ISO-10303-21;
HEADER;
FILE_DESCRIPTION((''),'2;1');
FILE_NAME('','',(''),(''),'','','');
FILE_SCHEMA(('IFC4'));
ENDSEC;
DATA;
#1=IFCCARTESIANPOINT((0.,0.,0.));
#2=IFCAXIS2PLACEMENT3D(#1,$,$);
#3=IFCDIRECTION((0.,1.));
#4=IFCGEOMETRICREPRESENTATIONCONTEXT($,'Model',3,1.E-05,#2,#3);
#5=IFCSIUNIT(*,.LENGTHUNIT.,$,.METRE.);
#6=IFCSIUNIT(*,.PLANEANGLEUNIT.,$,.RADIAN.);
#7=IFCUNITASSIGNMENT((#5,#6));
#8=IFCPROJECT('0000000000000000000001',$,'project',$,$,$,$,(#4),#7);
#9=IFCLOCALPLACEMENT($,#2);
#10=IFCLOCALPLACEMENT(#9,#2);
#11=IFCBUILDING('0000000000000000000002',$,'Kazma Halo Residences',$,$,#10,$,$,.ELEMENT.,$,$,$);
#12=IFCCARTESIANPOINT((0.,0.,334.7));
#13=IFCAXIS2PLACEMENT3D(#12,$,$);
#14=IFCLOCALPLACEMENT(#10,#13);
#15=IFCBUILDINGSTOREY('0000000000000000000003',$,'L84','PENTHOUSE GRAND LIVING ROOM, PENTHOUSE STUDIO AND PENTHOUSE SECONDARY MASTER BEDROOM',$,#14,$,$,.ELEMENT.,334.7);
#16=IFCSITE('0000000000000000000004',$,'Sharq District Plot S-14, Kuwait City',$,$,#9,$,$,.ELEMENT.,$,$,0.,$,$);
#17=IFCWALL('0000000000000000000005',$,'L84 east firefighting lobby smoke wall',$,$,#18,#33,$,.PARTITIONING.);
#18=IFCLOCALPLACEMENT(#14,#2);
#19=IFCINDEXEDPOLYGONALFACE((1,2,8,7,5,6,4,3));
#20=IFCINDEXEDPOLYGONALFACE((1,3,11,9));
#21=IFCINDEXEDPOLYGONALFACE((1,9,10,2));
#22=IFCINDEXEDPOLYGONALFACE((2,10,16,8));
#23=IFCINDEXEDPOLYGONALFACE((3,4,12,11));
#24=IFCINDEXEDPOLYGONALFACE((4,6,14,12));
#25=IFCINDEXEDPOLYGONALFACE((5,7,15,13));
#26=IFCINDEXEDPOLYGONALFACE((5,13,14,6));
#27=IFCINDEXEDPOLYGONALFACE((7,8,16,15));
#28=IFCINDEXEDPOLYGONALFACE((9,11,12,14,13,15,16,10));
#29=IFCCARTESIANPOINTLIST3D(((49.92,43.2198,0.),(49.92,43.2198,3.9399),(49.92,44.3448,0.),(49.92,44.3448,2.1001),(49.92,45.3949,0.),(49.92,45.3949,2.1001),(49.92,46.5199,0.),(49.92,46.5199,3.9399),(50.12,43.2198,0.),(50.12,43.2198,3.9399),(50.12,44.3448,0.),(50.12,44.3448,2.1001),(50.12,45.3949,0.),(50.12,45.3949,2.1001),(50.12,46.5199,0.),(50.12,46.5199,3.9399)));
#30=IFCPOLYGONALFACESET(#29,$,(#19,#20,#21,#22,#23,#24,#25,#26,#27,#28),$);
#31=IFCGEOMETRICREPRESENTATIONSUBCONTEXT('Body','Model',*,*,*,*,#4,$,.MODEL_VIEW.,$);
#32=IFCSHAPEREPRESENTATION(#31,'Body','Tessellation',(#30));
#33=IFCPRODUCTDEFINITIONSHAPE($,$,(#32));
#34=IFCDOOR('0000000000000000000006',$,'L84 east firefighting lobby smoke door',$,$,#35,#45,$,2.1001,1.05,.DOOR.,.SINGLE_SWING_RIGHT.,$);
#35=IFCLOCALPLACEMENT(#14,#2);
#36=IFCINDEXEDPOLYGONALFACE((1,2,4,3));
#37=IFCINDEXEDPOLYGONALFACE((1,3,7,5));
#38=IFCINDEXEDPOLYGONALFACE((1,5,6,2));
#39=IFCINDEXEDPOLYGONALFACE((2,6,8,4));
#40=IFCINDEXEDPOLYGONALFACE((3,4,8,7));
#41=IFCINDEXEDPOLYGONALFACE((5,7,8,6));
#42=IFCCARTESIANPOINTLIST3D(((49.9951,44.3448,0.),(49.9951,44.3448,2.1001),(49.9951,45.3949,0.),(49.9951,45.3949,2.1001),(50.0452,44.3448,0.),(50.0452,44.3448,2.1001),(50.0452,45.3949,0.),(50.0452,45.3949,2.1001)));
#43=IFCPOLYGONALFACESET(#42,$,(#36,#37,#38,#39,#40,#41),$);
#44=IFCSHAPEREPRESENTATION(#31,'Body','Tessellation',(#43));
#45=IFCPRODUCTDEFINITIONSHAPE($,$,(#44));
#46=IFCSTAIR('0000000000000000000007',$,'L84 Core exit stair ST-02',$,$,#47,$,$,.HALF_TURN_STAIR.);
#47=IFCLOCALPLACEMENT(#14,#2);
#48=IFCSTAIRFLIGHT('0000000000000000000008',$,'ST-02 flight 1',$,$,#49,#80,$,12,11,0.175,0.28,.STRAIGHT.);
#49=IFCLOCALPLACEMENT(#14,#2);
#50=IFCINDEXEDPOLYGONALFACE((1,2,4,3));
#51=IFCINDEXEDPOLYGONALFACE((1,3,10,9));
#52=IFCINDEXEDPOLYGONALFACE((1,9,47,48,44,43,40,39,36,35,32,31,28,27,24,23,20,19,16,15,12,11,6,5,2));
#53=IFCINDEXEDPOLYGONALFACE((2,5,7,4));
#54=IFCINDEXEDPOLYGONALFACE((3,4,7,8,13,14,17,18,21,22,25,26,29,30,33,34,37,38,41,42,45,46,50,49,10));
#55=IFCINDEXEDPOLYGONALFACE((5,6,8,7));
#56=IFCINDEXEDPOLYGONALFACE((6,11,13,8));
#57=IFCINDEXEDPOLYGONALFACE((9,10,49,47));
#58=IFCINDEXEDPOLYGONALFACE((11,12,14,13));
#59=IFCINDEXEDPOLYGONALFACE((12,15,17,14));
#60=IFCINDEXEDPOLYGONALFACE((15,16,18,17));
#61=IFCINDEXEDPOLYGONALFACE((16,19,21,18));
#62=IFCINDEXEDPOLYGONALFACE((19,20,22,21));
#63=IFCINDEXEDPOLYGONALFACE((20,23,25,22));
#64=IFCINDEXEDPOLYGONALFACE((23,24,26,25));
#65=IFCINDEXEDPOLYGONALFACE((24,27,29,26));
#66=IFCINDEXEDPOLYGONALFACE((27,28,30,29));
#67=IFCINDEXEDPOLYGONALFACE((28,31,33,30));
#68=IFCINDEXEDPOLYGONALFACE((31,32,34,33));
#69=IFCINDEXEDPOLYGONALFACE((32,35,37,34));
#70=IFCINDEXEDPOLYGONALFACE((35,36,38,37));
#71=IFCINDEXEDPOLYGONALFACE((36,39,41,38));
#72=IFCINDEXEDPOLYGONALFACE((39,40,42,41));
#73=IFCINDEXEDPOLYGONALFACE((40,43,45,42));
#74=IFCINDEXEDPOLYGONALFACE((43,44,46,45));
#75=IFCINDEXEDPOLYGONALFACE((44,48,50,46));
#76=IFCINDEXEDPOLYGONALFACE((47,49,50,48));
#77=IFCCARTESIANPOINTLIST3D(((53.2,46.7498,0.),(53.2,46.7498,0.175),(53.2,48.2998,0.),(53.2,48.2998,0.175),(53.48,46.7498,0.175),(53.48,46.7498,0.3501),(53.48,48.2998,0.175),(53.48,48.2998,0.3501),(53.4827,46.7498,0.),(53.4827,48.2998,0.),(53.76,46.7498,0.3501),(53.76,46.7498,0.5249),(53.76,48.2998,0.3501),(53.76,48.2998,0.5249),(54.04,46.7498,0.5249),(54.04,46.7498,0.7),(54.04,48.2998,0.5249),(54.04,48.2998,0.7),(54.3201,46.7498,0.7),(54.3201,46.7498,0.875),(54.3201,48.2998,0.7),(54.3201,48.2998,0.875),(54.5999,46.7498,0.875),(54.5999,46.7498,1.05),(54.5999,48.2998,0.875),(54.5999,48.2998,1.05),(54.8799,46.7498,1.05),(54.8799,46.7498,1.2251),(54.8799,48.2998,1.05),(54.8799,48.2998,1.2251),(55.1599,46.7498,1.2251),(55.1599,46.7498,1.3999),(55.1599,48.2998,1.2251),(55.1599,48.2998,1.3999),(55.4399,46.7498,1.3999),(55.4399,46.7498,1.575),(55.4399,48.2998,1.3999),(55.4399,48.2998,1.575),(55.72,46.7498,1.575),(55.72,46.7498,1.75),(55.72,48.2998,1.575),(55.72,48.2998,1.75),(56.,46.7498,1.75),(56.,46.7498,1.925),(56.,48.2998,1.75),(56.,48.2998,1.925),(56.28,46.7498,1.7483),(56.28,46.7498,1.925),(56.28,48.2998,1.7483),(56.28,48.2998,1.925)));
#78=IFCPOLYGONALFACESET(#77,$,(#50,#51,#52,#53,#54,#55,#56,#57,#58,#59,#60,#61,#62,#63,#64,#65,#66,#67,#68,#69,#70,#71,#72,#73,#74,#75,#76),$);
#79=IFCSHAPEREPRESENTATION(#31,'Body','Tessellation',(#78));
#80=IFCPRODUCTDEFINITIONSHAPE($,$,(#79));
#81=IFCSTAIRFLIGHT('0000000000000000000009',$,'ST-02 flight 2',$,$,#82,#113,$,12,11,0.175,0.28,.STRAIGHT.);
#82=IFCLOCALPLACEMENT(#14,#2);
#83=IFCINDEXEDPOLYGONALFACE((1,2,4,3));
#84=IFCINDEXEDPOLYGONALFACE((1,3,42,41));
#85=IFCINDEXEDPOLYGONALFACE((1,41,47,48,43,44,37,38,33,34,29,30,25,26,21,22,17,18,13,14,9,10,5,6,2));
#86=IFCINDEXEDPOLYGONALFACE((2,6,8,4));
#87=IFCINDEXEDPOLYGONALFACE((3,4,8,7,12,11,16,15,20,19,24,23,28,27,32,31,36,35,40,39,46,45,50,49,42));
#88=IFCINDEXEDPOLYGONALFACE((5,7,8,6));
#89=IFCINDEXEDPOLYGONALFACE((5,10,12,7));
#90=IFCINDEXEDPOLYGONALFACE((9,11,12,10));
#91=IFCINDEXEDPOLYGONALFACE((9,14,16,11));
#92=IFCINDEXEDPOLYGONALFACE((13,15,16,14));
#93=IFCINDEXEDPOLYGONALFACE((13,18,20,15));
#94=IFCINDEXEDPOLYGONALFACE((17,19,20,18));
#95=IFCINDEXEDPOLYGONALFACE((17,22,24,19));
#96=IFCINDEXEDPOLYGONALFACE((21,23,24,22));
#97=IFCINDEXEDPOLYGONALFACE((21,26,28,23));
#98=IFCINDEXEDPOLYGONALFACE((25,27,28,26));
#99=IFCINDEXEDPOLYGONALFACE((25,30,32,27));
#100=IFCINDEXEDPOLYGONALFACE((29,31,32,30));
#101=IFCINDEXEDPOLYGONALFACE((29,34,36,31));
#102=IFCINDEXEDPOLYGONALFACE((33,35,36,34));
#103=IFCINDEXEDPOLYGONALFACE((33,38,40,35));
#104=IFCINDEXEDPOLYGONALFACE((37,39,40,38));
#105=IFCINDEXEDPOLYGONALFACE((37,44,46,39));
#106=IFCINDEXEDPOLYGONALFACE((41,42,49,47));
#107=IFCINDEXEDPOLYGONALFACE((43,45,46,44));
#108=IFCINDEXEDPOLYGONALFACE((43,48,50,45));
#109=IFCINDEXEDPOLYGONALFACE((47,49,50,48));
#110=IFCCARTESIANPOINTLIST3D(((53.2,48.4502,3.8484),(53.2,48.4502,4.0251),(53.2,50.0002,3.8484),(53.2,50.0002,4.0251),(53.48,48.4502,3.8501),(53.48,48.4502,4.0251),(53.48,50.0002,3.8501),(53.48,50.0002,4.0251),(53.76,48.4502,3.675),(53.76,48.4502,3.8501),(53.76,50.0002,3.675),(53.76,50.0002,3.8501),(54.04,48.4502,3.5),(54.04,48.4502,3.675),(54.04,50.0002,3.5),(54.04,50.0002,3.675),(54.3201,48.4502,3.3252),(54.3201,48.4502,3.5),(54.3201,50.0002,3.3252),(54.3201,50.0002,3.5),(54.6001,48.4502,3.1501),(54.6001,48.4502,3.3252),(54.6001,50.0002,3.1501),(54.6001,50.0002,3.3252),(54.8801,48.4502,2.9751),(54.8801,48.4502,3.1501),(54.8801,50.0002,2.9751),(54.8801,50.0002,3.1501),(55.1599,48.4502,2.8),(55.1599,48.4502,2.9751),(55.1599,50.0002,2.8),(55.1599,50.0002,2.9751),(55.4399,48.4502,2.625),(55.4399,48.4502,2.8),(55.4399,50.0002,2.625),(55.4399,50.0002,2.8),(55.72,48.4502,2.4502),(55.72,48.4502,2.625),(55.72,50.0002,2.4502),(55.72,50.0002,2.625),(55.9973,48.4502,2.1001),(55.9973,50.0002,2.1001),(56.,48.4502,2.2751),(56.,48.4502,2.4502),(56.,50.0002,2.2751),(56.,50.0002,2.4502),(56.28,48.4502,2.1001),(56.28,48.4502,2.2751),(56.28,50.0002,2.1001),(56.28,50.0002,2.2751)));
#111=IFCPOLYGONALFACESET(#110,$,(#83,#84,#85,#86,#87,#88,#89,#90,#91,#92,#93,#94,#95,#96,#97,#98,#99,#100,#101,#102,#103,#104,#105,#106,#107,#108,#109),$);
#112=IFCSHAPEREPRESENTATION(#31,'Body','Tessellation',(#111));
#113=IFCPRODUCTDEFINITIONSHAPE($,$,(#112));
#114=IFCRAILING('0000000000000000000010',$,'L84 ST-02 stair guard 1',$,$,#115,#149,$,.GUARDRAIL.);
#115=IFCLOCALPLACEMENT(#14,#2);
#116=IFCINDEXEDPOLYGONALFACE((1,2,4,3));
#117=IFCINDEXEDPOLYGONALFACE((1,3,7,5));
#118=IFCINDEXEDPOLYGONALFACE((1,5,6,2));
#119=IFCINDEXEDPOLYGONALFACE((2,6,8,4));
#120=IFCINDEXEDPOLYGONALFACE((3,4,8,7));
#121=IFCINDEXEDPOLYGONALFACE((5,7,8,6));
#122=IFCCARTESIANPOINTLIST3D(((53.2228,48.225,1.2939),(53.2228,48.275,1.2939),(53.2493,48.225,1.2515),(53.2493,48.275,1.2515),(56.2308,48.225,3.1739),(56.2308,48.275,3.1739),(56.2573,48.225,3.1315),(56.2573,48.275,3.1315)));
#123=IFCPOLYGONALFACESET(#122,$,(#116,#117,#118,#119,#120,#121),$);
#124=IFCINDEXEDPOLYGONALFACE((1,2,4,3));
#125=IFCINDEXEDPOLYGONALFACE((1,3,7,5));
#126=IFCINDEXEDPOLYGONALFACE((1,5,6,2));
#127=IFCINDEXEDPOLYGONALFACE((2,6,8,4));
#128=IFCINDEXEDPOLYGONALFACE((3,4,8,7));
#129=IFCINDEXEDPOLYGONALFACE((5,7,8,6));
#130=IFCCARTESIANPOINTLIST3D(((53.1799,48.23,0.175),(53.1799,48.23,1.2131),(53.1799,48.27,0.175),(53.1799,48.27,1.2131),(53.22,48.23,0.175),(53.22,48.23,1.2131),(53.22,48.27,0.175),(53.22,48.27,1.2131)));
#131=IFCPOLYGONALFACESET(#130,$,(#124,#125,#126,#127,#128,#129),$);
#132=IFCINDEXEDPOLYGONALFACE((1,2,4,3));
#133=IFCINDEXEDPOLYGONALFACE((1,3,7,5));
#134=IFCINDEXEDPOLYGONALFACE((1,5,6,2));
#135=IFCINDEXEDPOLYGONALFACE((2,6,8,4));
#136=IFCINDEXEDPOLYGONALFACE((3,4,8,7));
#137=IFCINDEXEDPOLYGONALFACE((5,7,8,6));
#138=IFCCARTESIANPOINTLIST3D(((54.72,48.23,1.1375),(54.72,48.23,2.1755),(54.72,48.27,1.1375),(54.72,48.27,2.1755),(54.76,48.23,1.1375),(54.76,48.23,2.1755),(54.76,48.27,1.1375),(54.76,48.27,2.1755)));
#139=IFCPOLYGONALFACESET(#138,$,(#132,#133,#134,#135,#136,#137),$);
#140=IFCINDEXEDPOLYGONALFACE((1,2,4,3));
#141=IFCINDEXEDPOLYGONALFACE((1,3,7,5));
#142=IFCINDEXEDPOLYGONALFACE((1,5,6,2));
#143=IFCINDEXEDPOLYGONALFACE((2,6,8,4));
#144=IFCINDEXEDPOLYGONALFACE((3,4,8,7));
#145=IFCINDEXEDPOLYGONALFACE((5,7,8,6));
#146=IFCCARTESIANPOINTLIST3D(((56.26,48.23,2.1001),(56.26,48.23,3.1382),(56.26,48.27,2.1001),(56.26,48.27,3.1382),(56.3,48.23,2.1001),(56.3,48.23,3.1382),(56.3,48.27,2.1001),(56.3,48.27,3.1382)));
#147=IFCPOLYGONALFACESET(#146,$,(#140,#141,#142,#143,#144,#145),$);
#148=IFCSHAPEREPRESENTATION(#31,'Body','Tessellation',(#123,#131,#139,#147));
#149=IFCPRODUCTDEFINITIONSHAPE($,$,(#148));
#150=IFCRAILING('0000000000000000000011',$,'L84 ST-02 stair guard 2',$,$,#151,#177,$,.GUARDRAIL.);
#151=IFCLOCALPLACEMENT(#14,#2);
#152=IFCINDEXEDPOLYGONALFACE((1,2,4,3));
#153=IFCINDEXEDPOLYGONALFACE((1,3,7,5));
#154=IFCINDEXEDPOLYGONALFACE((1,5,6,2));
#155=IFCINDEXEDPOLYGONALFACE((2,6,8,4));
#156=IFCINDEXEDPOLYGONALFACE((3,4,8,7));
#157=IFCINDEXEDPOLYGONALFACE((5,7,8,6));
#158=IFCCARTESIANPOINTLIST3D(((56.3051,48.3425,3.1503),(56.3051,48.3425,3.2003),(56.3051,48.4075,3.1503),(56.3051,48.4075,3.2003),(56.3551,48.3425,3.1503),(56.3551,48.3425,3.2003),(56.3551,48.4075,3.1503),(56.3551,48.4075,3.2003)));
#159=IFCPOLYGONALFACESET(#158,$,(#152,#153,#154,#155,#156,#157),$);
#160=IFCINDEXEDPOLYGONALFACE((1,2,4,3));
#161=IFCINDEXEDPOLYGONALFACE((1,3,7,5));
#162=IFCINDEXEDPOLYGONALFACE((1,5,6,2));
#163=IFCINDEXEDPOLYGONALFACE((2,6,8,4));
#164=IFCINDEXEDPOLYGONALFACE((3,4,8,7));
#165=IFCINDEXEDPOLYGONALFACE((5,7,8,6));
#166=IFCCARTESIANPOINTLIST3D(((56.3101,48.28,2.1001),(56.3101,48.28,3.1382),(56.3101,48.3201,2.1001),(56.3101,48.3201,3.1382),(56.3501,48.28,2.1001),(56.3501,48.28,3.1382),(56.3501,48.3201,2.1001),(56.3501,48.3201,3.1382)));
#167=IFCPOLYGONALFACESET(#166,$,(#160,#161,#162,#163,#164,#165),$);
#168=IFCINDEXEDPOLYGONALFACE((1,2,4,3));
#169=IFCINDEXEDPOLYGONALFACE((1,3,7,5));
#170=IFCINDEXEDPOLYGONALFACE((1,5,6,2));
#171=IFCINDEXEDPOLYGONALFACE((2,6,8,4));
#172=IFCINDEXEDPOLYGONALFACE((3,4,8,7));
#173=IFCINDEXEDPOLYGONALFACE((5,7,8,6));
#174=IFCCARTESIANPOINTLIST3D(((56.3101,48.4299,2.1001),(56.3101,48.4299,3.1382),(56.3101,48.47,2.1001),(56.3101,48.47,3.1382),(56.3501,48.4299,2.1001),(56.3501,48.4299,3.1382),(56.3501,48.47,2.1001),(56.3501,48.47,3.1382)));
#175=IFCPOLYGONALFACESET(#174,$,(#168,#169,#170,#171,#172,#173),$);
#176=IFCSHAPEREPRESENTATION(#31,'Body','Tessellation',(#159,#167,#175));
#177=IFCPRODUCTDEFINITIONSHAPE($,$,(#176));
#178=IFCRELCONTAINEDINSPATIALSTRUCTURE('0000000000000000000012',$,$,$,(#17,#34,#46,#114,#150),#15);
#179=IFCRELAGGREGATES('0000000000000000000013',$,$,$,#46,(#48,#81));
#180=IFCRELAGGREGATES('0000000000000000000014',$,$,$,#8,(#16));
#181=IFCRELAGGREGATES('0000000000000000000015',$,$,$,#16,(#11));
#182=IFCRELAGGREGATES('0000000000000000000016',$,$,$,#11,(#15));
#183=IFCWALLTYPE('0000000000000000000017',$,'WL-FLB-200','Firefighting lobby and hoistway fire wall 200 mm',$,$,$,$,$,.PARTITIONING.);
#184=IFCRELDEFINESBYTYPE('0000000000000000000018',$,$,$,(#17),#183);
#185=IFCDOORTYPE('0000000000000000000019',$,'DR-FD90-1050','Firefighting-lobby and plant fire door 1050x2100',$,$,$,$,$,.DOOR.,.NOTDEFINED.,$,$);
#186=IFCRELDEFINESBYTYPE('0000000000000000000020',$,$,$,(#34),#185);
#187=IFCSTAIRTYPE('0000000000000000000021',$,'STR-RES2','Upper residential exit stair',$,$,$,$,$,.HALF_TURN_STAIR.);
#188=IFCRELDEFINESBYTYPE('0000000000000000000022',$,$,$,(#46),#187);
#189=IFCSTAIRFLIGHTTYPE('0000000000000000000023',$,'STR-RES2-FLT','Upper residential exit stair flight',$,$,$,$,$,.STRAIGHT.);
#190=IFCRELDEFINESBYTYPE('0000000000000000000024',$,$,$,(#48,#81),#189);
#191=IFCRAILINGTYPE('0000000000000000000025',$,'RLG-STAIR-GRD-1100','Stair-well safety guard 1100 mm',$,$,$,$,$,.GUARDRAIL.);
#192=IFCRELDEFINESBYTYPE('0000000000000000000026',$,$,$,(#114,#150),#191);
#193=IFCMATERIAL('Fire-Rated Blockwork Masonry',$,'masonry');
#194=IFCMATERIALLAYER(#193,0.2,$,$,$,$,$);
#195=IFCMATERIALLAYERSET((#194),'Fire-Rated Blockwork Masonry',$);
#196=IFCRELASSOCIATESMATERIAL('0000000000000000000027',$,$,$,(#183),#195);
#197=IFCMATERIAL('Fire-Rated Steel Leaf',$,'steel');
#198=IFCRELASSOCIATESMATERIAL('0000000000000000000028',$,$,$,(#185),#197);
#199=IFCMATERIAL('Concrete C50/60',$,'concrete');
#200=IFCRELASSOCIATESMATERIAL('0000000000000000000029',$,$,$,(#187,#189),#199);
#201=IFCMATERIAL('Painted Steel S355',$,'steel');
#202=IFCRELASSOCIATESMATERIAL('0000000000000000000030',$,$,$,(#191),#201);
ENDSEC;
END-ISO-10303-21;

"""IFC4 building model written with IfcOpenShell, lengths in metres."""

from ifc_helpers import new_model, si_unit, direction, frame, frame_2d, origin, origin_2d, place, context, subcontext, project, spatial, polyline, rectangle, outline, extrude, material, layer, layer_set, type_object, element, fill, aggregate, save


model = new_model("IFC4")

# Units and contexts
model_context = context("Model", 3, precision=1e-05, world=origin(), true_north=direction((0.0, 1.0)))
body_context = subcontext(model_context, "Body", "Model", "MODEL_VIEW")
ifc_project = project(units=[si_unit("LENGTHUNIT", "METRE"), si_unit("PLANEANGLEUNIT", "RADIAN")], contexts=[model_context])

# Site, building, storey
site_placement = place(None, origin())
site = spatial("IfcSite", under=ifc_project, at=site_placement, Name="Sharq District Plot S-14, Kuwait City", CompositionType="ELEMENT", RefElevation=0.0)
building_placement = place(site_placement, origin())
building = spatial("IfcBuilding", under=site, at=building_placement, Name="Kazma Halo Residences", CompositionType="ELEMENT")
storey_placement = place(building_placement, frame((0.0, 0.0, 334.7)))
storey = spatial("IfcBuildingStorey", under=building, at=storey_placement, Name="L84", Description="PENTHOUSE GRAND LIVING ROOM, PENTHOUSE STUDIO AND PENTHOUSE SECONDARY MASTER BEDROOM", CompositionType="ELEMENT", Elevation=334.7)

# Shared definitions
ifc_material_1 = material(Name="Fire-Rated Blockwork Masonry", Category="masonry")
ifc_layer_1 = layer(ifc_material_1, 0.2)
ifc_layer_set_1 = layer_set([ifc_layer_1], Name="Fire-Rated Blockwork Masonry")
wall_type_1 = type_object("IfcWallType", Name="WL-FLB-200", Description="Firefighting lobby and hoistway fire wall 200 mm", PredefinedType="PARTITIONING", material=ifc_layer_set_1)

# Wall, opening, door
wall_1_placement = place(storey_placement, frame((50.02, 43.22, 0.0), z_axis=(0.0, 0.0, 1.0), x_axis=(0.0, 1.0, 0.0)))
wall_1 = element("IfcWall", 1, at=wall_1_placement, inside=storey, type_object=wall_type_1, Name="L84 east firefighting lobby smoke wall", PredefinedType="PARTITIONING", context=body_context, shape_type="SweptSolid", body=[
    extrude(rectangle(XDim=3.3, YDim=0.2, at=frame_2d((1.6499, 0.0))), origin(), (0.0, 0.0, 1.0), 3.9399),
])
opening_1_placement = place(wall_1_placement, frame((1.125, 0.0, 0.0)))
opening_1 = element("IfcOpeningElement", 2, at=opening_1_placement, cuts=wall_1, PredefinedType="OPENING", context=body_context, shape_type="SweptSolid", body=[
    extrude(rectangle(XDim=1.05, YDim=2.1001, at=frame_2d((0.5249, 1.05))), frame((0.0, 0.1099, 0.0), z_axis=(0.0, -1.0, 0.0), x_axis=(1.0, 0.0, 0.0)), (0.0, 0.0, 1.0), 0.22),
])
ifc_material_2 = material(Name="Fire-Rated Steel Leaf", Category="steel")
door_type_1 = type_object("IfcDoorType", Name="DR-FD90-1050", Description="Firefighting-lobby and plant fire door 1050x2100", OperationType="NOTDEFINED", PredefinedType="DOOR", material=ifc_material_2)
door_1_placement = place(opening_1_placement, origin())
door_1 = element("IfcDoor", 3, at=door_1_placement, inside=storey, type_object=door_type_1, Name="L84 east firefighting lobby smoke door", OperationType="SINGLE_SWING_RIGHT", OverallHeight=2.1001, OverallWidth=1.05, PredefinedType="DOOR", context=body_context, shape_type="SweptSolid", body=[
    extrude(rectangle(XDim=1.05, YDim=2.1001, at=frame_2d((0.5249, 1.05))), frame((0.0, 0.0249, 0.0), z_axis=(0.0, -1.0, 0.0), x_axis=(1.0, 0.0, 0.0)), (0.0, 0.0, 1.0), 0.05),
])
fill(opening_1, door_1)
ifc_material_3 = material(Name="Concrete C50/60", Category="concrete")

# Stair, stair flights
stair_type = type_object("IfcStairType", Name="STR-RES2", Description="Upper residential exit stair", PredefinedType="HALF_TURN_STAIR", material=ifc_material_3)
stair_placement = place(storey_placement, origin())
stair = element("IfcStair", 4, at=stair_placement, inside=storey, type_object=stair_type, Name="L84 Core exit stair ST-02", PredefinedType="HALF_TURN_STAIR")
stair_flight_type = type_object("IfcStairFlightType", Name="STR-RES2-FLT", Description="Upper residential exit stair flight", PredefinedType="STRAIGHT", material=ifc_material_3)
stair_flight_1_placement = place(storey_placement, frame((53.2, 47.5249, 0.0), z_axis=(0.0, 0.0, 1.0), x_axis=(1.0, 0.0, 0.0)))
stair_flight_1 = element("IfcStairFlight", 5, at=stair_flight_1_placement, type_object=stair_flight_type, Name="ST-02 flight 1", NumberOfRisers=12, NumberOfTreads=11, PredefinedType="STRAIGHT", RiserHeight=0.175, TreadLength=0.28, context=body_context, shape_type="SweptSolid", body=[
    extrude(outline(polyline([(0.0, 0.0), (0.0, 0.175), (0.28, 0.175), (0.28, 0.3501), (0.5601, 0.3501), (0.5601, 0.5249), (0.8401, 0.5249), (0.8401, 0.7), (1.1201, 0.7), (1.1201, 0.875), (1.3999, 0.875), (1.3999, 1.05), (1.6799, 1.05), (1.6799, 1.2251), (1.96, 1.2251), (1.96, 1.3999), (2.24, 1.3999), (2.24, 1.575), (2.52, 1.575), (2.52, 1.75), (2.8, 1.75), (2.8, 1.925), (3.0801, 1.925), (3.0801, 2.1001), (3.0801, 1.7483), (0.2827, 0.0), (0.0, 0.0)])), frame((0.0, 0.7749, 0.0), z_axis=(0.0, -1.0, 0.0), x_axis=(1.0, 0.0, 0.0)), (0.0, 0.0, 1.0), 1.55),
])
stair_flight_2_placement = place(storey_placement, frame((56.28, 49.2251, 2.1001), z_axis=(0.0, 0.0, 1.0), x_axis=(-1.0, 0.0, 0.0)))
stair_flight_2 = element("IfcStairFlight", 6, at=stair_flight_2_placement, type_object=stair_flight_type, Name="ST-02 flight 2", NumberOfRisers=12, NumberOfTreads=11, PredefinedType="STRAIGHT", RiserHeight=0.175, TreadLength=0.28, context=body_context, shape_type="SweptSolid", body=[
    extrude(outline(polyline([(0.0, 0.0), (0.0, 0.175), (0.28, 0.175), (0.28, 0.3501), (0.5601, 0.3501), (0.5601, 0.5249), (0.8401, 0.5249), (0.8401, 0.7), (1.1201, 0.7), (1.1201, 0.875), (1.3999, 0.875), (1.3999, 1.05), (1.6799, 1.05), (1.6799, 1.2251), (1.96, 1.2251), (1.96, 1.3999), (2.24, 1.3999), (2.24, 1.575), (2.52, 1.575), (2.52, 1.75), (2.8, 1.75), (2.8, 1.925), (3.0801, 1.925), (3.0801, 2.1001), (3.0801, 1.7483), (0.2827, 0.0), (0.0, 0.0)])), frame((0.0, 0.7749, 0.0), z_axis=(0.0, -1.0, 0.0), x_axis=(1.0, 0.0, 0.0)), (0.0, 0.0, 1.0), 1.55),
])
aggregate(stair, [stair_flight_1, stair_flight_2])

# Railings
ifc_material_4 = material(Name="Painted Steel S355", Category="steel")
railing_type_1 = type_object("IfcRailingType", Name="RLG-STAIR-GRD-1100", Description="Stair-well safety guard 1100 mm", PredefinedType="GUARDRAIL", material=ifc_material_4)
railing_1_placement = place(storey_placement, frame((53.2, 48.25, 0.175)))
element("IfcRailing", 7, at=railing_1_placement, inside=storey, type_object=railing_type_1, Name="L84 ST-02 stair guard 1", PredefinedType="GUARDRAIL", context=body_context, shape_type="SweptSolid", body=[
    extrude(rectangle(XDim=0.05, YDim=0.05, at=origin_2d()), frame((0.0361, 0.0, 1.0977), z_axis=(0.847998, 0.0, 0.529999), x_axis=(0.0, 1.0, 0.0)), (0.0, 0.0, 1.0), 3.5471),
    extrude(rectangle(XDim=0.04, YDim=0.04, at=origin_2d()), origin(), (0.0, 0.0, 1.0), 1.0381),
    extrude(rectangle(XDim=0.04, YDim=0.04, at=origin_2d()), frame((1.54, 0.0, 0.9624)), (0.0, 0.0, 1.0), 1.0381),
    extrude(rectangle(XDim=0.04, YDim=0.04, at=origin_2d()), frame((3.0801, 0.0, 1.925)), (0.0, 0.0, 1.0), 1.0381),
])
railing_2_placement = place(storey_placement, frame((56.3301, 48.3, 2.1001)))
element("IfcRailing", 8, at=railing_2_placement, inside=storey, type_object=railing_type_1, Name="L84 ST-02 stair guard 2", PredefinedType="GUARDRAIL", context=body_context, shape_type="SweptSolid", body=[
    extrude(rectangle(XDim=0.05, YDim=0.05, at=origin_2d()), frame((0.0, 0.0425, 1.0752), z_axis=(0.0, 1.0, 0.0), x_axis=(-1.0, 0.0, 0.0)), (0.0, 0.0, 1.0), 0.0649),
    extrude(rectangle(XDim=0.04, YDim=0.04, at=origin_2d()), origin(), (0.0, 0.0, 1.0), 1.0381),
    extrude(rectangle(XDim=0.04, YDim=0.04, at=origin_2d()), frame((0.0, 0.1499, 0.0)), (0.0, 0.0, 1.0), 1.0381),
])

save(model, "model.ifc")
